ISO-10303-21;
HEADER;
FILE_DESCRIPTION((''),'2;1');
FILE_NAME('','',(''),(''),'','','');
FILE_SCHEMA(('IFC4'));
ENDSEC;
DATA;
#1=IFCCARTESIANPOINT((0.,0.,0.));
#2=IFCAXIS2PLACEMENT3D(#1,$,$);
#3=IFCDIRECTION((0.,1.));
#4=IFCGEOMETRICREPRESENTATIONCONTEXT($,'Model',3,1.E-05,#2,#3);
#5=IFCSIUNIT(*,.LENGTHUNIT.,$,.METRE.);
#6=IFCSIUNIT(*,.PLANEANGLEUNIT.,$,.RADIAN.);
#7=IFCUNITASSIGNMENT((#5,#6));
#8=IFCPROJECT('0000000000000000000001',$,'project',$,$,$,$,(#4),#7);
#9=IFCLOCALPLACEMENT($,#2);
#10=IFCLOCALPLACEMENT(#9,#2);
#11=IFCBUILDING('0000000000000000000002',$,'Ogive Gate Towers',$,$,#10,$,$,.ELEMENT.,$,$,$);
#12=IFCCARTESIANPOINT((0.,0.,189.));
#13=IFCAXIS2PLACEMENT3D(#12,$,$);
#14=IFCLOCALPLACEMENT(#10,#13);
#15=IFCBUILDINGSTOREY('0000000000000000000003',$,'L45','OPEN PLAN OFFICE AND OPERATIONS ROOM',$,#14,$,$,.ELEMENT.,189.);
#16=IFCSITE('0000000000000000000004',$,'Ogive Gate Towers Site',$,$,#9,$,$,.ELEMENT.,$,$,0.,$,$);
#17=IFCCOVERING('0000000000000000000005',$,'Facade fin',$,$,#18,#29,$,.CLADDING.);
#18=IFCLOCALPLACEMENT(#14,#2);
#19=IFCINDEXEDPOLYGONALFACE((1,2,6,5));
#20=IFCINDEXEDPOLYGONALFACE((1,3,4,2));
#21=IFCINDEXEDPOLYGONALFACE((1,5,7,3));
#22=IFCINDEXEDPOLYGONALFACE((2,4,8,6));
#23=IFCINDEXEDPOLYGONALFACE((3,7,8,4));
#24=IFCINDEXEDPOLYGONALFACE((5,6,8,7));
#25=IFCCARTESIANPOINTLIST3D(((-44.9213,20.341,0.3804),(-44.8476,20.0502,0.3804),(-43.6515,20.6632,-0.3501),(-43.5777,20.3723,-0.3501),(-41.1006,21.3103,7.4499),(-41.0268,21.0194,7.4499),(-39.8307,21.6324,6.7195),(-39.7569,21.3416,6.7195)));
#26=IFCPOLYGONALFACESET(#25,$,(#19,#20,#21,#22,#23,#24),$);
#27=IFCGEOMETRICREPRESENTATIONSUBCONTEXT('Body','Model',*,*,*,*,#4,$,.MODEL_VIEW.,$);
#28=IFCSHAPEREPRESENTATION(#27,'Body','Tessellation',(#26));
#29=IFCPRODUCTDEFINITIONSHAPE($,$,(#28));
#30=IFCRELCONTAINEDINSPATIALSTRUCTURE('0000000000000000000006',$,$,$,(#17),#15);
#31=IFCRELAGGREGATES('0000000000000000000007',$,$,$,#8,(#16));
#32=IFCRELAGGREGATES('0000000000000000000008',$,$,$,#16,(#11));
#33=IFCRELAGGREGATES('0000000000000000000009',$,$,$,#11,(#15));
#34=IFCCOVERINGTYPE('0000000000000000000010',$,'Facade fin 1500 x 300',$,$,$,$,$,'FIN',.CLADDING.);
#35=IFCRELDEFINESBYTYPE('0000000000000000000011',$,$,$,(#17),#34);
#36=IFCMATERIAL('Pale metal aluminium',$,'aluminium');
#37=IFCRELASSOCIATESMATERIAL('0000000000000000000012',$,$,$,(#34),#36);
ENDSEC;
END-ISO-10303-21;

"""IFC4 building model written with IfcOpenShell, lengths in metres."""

from ifc_helpers import new_model, si_unit, direction, frame, origin, origin_2d, place, context, subcontext, project, spatial, rectangle, extrude, material, material_profile, profile_set, type_object, element, save


model = new_model("IFC4")

# Units and contexts
model_context = context("Model", 3, precision=1e-05, world=origin(), true_north=direction((0.0, 1.0)))
body_context = subcontext(model_context, "Body", "Model", "MODEL_VIEW")
ifc_project = project(units=[si_unit("LENGTHUNIT", "METRE"), si_unit("PLANEANGLEUNIT", "RADIAN")], contexts=[model_context])

# Site, building, storey
site_placement = place(None, origin())
site = spatial("IfcSite", under=ifc_project, at=site_placement, Name="Ogive Gate Towers Site", CompositionType="ELEMENT", RefElevation=0.0)
building_placement = place(site_placement, origin())
building = spatial("IfcBuilding", under=site, at=building_placement, Name="Ogive Gate Towers", CompositionType="ELEMENT")
storey_placement = place(building_placement, frame((0.0, 0.0, 189.0)))
storey = spatial("IfcBuildingStorey", under=building, at=storey_placement, Name="L45", Description="OPEN PLAN OFFICE AND OPERATIONS ROOM", CompositionType="ELEMENT", Elevation=189.0)

# Shared definitions
ifc_material_1 = material(Name="Pale metal aluminium", Category="aluminium")

# Covering
ifc_material_profile_1 = material_profile(ifc_material_1, rectangle(XDim=0.3, YDim=1.5, at=origin_2d()), Name="1500 x 300 pale metal aluminium")
ifc_profile_set_1 = profile_set([ifc_material_profile_1], Name="Pale metal aluminium")
covering_type = type_object("IfcCoveringType", Name="Facade fin 1500 x 300", ElementType="FIN", PredefinedType="CLADDING", material=ifc_profile_set_1)
covering_1_placement = place(storey_placement, frame((-44.2495, 20.3567, 0.0151), z_axis=(0.472039, 0.119744, 0.873408), x_axis=(-0.245886, 0.969299, 0.0)))
element("IfcCovering", 1, at=covering_1_placement, inside=storey, type_object=covering_type, Name="Facade fin", PredefinedType="CLADDING", context=body_context, shape_type="SweptSolid", body=[
    extrude(rectangle(XDim=0.3, YDim=1.5, at=origin_2d()), origin(), (0.0, 0.0, 1.0), 8.0942),
])

save(model, "model.ifc")
